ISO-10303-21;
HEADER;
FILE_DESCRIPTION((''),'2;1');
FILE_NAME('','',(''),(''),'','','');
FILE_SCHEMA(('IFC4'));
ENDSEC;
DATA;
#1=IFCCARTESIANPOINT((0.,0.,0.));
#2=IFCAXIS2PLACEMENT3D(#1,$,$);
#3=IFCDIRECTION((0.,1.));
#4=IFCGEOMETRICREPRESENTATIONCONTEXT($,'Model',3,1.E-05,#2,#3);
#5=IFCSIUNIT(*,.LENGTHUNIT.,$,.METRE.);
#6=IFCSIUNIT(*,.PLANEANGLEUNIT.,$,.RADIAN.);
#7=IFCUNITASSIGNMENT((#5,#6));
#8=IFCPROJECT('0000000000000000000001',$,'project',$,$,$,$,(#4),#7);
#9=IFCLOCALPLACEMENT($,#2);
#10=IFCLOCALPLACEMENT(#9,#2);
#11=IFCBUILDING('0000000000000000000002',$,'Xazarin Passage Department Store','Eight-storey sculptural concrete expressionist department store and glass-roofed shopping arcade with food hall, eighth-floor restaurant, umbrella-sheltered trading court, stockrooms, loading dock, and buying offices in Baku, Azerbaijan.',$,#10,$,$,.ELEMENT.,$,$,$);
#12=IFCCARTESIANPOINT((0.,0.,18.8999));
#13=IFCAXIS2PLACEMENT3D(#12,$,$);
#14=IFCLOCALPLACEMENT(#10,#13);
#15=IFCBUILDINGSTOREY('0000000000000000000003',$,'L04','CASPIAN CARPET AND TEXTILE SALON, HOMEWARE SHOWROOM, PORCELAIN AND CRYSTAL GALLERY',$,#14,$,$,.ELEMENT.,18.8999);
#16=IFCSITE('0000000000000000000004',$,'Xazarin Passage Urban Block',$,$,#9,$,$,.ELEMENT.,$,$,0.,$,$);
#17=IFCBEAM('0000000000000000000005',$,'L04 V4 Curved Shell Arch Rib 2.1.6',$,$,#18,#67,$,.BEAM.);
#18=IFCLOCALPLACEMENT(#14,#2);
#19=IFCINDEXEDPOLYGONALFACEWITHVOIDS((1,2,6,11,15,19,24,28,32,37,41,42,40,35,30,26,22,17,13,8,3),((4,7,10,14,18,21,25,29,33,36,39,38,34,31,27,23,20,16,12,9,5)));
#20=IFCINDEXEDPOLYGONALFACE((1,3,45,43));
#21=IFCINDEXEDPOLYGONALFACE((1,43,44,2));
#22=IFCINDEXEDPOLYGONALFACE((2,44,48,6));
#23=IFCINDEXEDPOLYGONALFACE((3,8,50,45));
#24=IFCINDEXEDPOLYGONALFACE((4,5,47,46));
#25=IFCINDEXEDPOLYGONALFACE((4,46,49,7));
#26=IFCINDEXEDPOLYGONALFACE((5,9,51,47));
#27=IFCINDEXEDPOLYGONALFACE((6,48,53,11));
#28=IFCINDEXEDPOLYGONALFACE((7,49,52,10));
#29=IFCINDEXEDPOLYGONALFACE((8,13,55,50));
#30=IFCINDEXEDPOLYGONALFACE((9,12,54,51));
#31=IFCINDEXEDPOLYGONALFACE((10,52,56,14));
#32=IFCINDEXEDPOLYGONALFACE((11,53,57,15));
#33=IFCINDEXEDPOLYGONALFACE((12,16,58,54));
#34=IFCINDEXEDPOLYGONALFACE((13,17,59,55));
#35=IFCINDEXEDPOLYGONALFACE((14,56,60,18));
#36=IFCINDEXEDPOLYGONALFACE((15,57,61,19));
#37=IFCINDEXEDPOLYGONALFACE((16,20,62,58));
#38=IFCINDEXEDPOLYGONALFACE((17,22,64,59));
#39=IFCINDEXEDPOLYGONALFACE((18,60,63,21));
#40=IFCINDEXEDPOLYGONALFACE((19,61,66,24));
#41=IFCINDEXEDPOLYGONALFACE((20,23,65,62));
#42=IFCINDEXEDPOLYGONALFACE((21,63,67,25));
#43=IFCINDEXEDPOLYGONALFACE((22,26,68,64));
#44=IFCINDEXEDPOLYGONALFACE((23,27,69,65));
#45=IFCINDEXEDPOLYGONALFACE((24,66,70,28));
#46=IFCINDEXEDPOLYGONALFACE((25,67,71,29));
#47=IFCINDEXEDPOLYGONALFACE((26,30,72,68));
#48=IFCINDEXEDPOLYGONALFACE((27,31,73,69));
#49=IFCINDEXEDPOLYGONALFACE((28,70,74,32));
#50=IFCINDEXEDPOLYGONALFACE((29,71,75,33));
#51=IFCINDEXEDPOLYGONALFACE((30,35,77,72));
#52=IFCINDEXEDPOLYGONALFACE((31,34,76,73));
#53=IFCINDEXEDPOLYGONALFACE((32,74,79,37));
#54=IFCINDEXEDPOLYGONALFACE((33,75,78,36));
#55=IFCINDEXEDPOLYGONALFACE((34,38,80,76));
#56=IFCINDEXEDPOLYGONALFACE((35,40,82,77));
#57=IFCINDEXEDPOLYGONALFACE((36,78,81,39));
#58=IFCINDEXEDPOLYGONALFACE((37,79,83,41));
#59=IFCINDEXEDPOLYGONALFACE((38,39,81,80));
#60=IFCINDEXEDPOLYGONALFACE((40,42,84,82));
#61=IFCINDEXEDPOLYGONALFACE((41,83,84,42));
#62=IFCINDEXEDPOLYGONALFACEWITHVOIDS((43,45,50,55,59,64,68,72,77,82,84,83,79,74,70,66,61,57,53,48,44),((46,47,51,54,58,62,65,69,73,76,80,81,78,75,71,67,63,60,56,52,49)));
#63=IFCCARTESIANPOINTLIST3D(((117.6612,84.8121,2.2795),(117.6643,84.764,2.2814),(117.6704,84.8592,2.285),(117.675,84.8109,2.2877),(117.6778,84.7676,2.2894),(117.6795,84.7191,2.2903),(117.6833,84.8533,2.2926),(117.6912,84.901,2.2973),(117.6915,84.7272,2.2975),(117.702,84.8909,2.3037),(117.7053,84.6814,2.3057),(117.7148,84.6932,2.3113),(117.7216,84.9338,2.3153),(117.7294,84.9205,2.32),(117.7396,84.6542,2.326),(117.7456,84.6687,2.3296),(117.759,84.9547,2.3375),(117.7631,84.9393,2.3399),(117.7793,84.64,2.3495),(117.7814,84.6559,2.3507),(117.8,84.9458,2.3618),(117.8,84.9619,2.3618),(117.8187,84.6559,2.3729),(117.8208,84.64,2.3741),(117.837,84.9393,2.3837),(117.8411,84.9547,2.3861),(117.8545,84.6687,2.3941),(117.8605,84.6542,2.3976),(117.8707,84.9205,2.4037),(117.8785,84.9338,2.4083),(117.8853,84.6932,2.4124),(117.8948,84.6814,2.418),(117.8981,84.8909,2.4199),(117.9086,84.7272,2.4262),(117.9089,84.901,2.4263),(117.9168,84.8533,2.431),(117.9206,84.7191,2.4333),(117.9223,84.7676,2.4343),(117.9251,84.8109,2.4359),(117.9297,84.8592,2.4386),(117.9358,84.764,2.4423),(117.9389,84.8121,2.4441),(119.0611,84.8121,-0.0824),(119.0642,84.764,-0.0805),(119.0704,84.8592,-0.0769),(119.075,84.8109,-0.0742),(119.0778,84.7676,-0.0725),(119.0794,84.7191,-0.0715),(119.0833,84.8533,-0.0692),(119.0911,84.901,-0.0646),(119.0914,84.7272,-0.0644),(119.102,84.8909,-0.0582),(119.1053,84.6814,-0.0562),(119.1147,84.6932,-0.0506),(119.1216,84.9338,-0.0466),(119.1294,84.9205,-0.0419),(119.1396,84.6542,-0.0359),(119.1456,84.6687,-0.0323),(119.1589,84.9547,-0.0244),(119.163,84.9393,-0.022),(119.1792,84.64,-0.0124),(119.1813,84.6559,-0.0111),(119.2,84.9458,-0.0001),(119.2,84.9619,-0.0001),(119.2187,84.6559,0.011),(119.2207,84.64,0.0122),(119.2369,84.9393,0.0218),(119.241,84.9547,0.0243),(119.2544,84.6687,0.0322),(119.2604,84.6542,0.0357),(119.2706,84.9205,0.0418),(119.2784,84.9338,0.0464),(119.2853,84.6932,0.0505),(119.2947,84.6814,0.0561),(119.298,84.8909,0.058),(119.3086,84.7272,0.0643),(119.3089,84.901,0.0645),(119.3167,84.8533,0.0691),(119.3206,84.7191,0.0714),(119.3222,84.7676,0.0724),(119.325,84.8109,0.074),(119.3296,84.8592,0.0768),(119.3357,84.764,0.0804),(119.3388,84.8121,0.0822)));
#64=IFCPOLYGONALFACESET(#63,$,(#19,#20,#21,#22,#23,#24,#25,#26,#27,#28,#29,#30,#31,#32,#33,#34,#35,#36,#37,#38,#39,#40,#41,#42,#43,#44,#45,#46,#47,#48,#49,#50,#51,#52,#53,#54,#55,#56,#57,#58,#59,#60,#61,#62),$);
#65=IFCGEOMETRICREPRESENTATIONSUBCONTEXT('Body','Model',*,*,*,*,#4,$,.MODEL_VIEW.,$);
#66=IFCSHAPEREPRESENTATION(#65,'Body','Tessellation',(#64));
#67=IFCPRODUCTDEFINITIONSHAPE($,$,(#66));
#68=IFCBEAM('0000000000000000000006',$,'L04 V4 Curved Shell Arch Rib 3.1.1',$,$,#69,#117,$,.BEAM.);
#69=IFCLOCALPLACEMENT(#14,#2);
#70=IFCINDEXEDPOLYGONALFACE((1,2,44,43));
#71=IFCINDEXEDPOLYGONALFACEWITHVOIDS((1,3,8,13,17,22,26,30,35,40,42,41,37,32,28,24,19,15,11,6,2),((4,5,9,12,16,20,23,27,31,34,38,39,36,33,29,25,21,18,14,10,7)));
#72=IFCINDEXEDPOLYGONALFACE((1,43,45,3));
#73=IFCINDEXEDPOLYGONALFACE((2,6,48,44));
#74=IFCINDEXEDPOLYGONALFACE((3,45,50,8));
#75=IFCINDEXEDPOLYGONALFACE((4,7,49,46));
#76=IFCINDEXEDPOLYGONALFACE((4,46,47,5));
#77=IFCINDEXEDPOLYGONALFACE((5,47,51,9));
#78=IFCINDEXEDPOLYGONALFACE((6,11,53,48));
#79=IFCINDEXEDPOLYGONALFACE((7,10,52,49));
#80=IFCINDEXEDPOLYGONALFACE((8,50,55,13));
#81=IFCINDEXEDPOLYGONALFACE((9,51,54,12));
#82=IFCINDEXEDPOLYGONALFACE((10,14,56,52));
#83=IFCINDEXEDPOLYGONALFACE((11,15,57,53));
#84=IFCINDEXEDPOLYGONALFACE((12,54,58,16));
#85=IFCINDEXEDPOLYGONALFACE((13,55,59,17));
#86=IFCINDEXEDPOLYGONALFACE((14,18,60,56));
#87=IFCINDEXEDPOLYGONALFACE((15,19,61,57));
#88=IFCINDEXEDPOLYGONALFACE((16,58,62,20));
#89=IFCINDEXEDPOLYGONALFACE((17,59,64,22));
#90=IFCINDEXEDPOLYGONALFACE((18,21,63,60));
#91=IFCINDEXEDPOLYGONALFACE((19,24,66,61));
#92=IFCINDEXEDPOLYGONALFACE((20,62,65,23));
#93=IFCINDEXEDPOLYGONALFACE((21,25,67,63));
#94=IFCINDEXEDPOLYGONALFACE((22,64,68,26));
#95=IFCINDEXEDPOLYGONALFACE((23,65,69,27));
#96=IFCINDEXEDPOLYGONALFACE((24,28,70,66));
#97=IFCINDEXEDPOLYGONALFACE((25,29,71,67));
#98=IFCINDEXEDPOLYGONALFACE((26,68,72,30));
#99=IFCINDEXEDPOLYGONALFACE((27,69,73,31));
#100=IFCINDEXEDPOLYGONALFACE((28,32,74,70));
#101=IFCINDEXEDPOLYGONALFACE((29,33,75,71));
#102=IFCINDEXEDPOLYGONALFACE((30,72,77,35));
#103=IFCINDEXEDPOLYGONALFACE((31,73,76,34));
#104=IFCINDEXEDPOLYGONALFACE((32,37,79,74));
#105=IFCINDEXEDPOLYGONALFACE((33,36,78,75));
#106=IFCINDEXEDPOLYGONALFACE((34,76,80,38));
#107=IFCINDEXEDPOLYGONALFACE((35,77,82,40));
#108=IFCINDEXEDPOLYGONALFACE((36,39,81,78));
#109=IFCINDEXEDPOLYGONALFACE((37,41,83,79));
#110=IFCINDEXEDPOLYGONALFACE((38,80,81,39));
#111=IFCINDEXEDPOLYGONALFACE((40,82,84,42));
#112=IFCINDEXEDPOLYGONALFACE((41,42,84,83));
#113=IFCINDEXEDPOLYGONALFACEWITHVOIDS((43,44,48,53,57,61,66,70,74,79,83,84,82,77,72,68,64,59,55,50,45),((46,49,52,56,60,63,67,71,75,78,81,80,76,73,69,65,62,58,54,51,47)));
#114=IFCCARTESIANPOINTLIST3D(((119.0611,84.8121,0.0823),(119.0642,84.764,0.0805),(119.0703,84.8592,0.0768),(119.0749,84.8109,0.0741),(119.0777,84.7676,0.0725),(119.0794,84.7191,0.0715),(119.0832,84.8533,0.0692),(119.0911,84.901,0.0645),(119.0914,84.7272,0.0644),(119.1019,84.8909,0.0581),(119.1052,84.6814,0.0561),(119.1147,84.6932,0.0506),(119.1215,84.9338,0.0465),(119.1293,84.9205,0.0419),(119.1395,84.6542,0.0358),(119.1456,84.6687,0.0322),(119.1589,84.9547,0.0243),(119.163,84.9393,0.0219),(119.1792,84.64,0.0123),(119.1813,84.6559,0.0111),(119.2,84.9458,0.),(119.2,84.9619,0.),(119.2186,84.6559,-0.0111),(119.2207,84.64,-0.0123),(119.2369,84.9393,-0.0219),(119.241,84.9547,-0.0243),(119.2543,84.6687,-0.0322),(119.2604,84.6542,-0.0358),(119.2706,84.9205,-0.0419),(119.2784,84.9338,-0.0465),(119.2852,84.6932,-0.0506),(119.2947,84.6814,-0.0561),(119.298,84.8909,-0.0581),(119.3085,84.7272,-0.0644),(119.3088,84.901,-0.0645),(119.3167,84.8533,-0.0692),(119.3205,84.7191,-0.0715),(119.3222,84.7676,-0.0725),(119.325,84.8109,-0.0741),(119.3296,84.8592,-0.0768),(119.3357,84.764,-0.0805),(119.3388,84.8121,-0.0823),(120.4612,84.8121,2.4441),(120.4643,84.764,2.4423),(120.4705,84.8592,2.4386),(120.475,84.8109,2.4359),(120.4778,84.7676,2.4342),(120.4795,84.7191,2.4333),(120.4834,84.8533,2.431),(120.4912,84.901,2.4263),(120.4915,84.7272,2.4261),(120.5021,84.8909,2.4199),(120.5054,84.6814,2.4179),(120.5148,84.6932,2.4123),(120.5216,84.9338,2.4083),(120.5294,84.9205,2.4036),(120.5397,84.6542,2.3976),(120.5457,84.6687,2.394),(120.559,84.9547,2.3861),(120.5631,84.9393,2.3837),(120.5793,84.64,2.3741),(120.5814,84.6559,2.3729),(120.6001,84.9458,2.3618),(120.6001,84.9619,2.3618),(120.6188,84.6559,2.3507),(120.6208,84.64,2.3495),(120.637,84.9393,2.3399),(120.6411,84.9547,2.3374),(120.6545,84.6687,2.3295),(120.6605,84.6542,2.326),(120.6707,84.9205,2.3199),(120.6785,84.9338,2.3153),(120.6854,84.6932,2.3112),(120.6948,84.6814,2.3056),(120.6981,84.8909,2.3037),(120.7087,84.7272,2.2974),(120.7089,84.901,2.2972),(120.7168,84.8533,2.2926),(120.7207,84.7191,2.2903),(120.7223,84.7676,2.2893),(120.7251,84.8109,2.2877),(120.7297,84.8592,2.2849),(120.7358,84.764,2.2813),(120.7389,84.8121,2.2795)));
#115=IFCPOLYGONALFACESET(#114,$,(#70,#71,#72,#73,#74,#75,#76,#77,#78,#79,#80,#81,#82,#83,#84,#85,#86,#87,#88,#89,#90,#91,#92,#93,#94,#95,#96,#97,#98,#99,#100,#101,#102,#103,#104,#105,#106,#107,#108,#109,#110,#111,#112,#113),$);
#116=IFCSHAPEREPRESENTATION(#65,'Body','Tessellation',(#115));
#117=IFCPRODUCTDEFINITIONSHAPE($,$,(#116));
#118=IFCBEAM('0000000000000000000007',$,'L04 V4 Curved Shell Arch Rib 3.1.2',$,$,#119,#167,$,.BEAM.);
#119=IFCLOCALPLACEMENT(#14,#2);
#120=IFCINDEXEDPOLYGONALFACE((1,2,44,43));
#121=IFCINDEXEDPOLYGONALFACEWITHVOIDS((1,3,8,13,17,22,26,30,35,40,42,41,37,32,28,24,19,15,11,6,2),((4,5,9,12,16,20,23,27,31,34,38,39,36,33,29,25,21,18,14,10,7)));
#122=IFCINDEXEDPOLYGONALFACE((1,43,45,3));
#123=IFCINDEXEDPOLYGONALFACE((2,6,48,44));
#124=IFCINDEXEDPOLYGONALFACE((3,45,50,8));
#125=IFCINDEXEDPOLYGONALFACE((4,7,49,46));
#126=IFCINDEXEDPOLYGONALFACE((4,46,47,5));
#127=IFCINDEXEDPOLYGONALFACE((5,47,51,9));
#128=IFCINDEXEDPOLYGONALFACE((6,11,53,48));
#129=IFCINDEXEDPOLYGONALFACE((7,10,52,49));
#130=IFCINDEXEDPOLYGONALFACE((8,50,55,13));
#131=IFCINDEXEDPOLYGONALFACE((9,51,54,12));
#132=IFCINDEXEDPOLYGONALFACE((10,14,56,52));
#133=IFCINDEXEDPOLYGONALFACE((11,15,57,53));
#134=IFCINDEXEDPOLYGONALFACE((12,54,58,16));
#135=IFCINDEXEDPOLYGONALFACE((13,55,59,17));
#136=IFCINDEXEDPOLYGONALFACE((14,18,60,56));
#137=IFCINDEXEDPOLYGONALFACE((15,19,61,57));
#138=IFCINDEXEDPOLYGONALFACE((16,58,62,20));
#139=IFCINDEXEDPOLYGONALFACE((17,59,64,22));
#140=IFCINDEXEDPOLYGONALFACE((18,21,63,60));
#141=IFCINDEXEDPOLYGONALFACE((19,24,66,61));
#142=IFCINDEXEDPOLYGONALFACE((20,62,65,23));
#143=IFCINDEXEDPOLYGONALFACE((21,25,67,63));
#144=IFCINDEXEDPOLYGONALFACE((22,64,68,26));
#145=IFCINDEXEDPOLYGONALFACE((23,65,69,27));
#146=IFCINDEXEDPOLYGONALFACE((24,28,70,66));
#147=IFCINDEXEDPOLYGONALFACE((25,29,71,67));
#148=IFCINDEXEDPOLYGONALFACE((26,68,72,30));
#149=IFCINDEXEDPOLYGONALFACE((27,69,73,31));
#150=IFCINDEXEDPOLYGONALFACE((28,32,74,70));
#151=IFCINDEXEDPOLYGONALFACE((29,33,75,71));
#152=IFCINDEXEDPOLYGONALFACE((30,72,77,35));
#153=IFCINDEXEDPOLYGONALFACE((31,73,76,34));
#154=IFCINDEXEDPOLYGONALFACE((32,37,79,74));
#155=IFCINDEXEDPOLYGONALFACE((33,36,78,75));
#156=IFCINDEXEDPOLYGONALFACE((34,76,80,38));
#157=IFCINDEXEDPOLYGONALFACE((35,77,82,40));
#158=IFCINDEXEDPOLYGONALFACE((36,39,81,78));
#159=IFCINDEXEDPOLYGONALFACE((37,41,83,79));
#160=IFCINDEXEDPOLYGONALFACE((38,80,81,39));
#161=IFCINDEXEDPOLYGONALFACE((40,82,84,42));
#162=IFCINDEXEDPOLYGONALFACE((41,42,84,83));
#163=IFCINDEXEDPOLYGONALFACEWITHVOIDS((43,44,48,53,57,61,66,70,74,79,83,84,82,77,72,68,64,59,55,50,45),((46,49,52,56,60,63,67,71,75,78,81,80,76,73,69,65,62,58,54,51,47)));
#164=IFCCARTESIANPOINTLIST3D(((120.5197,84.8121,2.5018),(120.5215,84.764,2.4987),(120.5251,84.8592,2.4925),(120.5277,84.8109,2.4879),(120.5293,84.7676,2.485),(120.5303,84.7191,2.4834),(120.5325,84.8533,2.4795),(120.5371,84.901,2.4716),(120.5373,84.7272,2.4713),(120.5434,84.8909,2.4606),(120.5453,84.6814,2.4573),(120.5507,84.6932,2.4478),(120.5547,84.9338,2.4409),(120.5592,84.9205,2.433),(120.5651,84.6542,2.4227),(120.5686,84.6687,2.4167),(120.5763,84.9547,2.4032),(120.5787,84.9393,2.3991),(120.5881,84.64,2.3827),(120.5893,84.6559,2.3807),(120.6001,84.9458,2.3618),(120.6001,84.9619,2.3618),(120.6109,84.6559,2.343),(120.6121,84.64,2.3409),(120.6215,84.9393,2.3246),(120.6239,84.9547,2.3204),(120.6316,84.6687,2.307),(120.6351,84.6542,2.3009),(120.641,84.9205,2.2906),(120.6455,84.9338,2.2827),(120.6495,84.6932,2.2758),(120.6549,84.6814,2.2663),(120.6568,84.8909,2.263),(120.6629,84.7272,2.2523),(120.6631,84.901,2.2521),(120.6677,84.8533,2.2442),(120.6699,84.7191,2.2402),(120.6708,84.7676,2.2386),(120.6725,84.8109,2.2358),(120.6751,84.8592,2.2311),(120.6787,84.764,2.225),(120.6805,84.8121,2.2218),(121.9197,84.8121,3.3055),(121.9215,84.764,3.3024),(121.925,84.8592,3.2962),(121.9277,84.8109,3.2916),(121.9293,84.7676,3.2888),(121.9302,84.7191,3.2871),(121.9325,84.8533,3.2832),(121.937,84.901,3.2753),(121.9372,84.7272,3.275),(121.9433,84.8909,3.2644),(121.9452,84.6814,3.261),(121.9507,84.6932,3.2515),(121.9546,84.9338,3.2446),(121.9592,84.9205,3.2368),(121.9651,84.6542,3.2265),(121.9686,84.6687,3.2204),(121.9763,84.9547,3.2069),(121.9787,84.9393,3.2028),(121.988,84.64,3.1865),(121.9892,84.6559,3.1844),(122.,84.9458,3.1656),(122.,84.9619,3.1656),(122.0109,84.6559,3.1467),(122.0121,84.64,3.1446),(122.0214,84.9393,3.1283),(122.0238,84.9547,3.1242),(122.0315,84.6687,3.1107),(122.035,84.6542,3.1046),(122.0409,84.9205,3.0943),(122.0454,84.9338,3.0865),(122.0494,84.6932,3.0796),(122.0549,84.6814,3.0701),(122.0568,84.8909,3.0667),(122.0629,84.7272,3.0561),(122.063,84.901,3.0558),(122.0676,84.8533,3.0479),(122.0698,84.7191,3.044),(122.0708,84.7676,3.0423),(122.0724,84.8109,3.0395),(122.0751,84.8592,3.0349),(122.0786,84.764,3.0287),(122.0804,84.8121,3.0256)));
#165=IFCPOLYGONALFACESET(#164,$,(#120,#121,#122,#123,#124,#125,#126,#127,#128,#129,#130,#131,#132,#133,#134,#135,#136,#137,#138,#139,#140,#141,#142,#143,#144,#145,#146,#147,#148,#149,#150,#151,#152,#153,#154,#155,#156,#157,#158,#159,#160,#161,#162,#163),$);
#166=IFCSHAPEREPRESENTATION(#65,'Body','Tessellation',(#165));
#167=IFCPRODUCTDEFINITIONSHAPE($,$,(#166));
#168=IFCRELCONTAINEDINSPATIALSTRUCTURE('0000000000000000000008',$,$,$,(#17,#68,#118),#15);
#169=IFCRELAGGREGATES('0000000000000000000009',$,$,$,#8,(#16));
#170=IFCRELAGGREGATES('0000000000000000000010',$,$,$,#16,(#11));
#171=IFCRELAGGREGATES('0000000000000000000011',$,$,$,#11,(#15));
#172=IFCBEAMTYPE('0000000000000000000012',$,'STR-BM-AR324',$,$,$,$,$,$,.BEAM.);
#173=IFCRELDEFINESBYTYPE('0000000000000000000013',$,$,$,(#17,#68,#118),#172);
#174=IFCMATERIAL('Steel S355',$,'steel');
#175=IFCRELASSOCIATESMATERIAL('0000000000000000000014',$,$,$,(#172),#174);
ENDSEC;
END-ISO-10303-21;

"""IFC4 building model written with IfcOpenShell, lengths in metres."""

from ifc_helpers import new_model, si_unit, direction, frame, origin, origin_2d, place, context, subcontext, project, spatial, hollow_circle, extrude, material, material_profile, profile_set, type_object, element, save


model = new_model("IFC4")

# Units and contexts
model_context = context("Model", 3, precision=1e-05, world=origin(), true_north=direction((0.0, 1.0)))
body_context = subcontext(model_context, "Body", "Model", "MODEL_VIEW")
ifc_project = project(units=[si_unit("LENGTHUNIT", "METRE"), si_unit("PLANEANGLEUNIT", "RADIAN")], contexts=[model_context])

# Site, building, storey
site_placement = place(None, origin())
site = spatial("IfcSite", under=ifc_project, at=site_placement, Name="Xazarin Passage Urban Block", CompositionType="ELEMENT", RefElevation=0.0)
building_placement = place(site_placement, origin())
building = spatial("IfcBuilding", under=site, at=building_placement, Name="Xazarin Passage Department Store", Description="Eight-storey sculptural concrete expressionist department store and glass-roofed shopping arcade with food hall, eighth-floor restaurant, umbrella-sheltered trading court, stockrooms, loading dock, and buying offices in Baku, Azerbaijan.", CompositionType="ELEMENT")
storey_placement = place(building_placement, frame((0.0, 0.0, 18.8999)))
storey = spatial("IfcBuildingStorey", under=building, at=storey_placement, Name="L04", Description="CASPIAN CARPET AND TEXTILE SALON, HOMEWARE SHOWROOM, PORCELAIN AND CRYSTAL GALLERY", CompositionType="ELEMENT", Elevation=18.8999)

# Beams
ifc_material_1 = material(Name="Steel S355", Category="steel")
ifc_material_profile_1 = material_profile(ifc_material_1, hollow_circle(Radius=0.1619, WallThickness=0.0161, at=origin_2d()), Name="CHS 323.9x16")
ifc_profile_set_1 = profile_set([ifc_material_profile_1], Name="Steel S355")
beam_type_1 = type_object("IfcBeamType", Name="STR-BM-AR324", PredefinedType="BEAM", material=ifc_profile_set_1)
for number, where, z_axis, x_axis, name in (
    (1, (117.8, 84.8, 2.3618), (0.509885, 0.0, -0.860242), (0.0, 1.0, 0.0), "L04 V4 Curved Shell Arch Rib 2.1.6"),
    (2, (119.2, 84.8, 0.0), (0.509951, 0.0, 0.860203), (0.0, 1.0, 0.0), "L04 V4 Curved Shell Arch Rib 3.1.1"),
):
    element("IfcBeam", number, at=place(storey_placement, frame(where, z_axis=z_axis, x_axis=x_axis)), inside=storey, type_object=beam_type_1, Name=name, PredefinedType="BEAM", context=body_context, shape_type="SweptSolid", body=[
        extrude(hollow_circle(Radius=0.1619, WallThickness=0.0161, at=origin_2d()), origin(), (0.0, 0.0, 1.0), 2.7456),
    ])
beam_1_placement = place(storey_placement, frame((120.6001, 84.8, 2.3618), z_axis=(0.867236, 0.0, 0.497897), x_axis=(0.0, 1.0, 0.0)))
element("IfcBeam", 3, at=beam_1_placement, inside=storey, type_object=beam_type_1, Name="L04 V4 Curved Shell Arch Rib 3.1.2", PredefinedType="BEAM", context=body_context, shape_type="SweptSolid", body=[
    extrude(hollow_circle(Radius=0.1619, WallThickness=0.0161, at=origin_2d()), origin(), (0.0, 0.0, 1.0), 1.6143),
])

save(model, "model.ifc")
